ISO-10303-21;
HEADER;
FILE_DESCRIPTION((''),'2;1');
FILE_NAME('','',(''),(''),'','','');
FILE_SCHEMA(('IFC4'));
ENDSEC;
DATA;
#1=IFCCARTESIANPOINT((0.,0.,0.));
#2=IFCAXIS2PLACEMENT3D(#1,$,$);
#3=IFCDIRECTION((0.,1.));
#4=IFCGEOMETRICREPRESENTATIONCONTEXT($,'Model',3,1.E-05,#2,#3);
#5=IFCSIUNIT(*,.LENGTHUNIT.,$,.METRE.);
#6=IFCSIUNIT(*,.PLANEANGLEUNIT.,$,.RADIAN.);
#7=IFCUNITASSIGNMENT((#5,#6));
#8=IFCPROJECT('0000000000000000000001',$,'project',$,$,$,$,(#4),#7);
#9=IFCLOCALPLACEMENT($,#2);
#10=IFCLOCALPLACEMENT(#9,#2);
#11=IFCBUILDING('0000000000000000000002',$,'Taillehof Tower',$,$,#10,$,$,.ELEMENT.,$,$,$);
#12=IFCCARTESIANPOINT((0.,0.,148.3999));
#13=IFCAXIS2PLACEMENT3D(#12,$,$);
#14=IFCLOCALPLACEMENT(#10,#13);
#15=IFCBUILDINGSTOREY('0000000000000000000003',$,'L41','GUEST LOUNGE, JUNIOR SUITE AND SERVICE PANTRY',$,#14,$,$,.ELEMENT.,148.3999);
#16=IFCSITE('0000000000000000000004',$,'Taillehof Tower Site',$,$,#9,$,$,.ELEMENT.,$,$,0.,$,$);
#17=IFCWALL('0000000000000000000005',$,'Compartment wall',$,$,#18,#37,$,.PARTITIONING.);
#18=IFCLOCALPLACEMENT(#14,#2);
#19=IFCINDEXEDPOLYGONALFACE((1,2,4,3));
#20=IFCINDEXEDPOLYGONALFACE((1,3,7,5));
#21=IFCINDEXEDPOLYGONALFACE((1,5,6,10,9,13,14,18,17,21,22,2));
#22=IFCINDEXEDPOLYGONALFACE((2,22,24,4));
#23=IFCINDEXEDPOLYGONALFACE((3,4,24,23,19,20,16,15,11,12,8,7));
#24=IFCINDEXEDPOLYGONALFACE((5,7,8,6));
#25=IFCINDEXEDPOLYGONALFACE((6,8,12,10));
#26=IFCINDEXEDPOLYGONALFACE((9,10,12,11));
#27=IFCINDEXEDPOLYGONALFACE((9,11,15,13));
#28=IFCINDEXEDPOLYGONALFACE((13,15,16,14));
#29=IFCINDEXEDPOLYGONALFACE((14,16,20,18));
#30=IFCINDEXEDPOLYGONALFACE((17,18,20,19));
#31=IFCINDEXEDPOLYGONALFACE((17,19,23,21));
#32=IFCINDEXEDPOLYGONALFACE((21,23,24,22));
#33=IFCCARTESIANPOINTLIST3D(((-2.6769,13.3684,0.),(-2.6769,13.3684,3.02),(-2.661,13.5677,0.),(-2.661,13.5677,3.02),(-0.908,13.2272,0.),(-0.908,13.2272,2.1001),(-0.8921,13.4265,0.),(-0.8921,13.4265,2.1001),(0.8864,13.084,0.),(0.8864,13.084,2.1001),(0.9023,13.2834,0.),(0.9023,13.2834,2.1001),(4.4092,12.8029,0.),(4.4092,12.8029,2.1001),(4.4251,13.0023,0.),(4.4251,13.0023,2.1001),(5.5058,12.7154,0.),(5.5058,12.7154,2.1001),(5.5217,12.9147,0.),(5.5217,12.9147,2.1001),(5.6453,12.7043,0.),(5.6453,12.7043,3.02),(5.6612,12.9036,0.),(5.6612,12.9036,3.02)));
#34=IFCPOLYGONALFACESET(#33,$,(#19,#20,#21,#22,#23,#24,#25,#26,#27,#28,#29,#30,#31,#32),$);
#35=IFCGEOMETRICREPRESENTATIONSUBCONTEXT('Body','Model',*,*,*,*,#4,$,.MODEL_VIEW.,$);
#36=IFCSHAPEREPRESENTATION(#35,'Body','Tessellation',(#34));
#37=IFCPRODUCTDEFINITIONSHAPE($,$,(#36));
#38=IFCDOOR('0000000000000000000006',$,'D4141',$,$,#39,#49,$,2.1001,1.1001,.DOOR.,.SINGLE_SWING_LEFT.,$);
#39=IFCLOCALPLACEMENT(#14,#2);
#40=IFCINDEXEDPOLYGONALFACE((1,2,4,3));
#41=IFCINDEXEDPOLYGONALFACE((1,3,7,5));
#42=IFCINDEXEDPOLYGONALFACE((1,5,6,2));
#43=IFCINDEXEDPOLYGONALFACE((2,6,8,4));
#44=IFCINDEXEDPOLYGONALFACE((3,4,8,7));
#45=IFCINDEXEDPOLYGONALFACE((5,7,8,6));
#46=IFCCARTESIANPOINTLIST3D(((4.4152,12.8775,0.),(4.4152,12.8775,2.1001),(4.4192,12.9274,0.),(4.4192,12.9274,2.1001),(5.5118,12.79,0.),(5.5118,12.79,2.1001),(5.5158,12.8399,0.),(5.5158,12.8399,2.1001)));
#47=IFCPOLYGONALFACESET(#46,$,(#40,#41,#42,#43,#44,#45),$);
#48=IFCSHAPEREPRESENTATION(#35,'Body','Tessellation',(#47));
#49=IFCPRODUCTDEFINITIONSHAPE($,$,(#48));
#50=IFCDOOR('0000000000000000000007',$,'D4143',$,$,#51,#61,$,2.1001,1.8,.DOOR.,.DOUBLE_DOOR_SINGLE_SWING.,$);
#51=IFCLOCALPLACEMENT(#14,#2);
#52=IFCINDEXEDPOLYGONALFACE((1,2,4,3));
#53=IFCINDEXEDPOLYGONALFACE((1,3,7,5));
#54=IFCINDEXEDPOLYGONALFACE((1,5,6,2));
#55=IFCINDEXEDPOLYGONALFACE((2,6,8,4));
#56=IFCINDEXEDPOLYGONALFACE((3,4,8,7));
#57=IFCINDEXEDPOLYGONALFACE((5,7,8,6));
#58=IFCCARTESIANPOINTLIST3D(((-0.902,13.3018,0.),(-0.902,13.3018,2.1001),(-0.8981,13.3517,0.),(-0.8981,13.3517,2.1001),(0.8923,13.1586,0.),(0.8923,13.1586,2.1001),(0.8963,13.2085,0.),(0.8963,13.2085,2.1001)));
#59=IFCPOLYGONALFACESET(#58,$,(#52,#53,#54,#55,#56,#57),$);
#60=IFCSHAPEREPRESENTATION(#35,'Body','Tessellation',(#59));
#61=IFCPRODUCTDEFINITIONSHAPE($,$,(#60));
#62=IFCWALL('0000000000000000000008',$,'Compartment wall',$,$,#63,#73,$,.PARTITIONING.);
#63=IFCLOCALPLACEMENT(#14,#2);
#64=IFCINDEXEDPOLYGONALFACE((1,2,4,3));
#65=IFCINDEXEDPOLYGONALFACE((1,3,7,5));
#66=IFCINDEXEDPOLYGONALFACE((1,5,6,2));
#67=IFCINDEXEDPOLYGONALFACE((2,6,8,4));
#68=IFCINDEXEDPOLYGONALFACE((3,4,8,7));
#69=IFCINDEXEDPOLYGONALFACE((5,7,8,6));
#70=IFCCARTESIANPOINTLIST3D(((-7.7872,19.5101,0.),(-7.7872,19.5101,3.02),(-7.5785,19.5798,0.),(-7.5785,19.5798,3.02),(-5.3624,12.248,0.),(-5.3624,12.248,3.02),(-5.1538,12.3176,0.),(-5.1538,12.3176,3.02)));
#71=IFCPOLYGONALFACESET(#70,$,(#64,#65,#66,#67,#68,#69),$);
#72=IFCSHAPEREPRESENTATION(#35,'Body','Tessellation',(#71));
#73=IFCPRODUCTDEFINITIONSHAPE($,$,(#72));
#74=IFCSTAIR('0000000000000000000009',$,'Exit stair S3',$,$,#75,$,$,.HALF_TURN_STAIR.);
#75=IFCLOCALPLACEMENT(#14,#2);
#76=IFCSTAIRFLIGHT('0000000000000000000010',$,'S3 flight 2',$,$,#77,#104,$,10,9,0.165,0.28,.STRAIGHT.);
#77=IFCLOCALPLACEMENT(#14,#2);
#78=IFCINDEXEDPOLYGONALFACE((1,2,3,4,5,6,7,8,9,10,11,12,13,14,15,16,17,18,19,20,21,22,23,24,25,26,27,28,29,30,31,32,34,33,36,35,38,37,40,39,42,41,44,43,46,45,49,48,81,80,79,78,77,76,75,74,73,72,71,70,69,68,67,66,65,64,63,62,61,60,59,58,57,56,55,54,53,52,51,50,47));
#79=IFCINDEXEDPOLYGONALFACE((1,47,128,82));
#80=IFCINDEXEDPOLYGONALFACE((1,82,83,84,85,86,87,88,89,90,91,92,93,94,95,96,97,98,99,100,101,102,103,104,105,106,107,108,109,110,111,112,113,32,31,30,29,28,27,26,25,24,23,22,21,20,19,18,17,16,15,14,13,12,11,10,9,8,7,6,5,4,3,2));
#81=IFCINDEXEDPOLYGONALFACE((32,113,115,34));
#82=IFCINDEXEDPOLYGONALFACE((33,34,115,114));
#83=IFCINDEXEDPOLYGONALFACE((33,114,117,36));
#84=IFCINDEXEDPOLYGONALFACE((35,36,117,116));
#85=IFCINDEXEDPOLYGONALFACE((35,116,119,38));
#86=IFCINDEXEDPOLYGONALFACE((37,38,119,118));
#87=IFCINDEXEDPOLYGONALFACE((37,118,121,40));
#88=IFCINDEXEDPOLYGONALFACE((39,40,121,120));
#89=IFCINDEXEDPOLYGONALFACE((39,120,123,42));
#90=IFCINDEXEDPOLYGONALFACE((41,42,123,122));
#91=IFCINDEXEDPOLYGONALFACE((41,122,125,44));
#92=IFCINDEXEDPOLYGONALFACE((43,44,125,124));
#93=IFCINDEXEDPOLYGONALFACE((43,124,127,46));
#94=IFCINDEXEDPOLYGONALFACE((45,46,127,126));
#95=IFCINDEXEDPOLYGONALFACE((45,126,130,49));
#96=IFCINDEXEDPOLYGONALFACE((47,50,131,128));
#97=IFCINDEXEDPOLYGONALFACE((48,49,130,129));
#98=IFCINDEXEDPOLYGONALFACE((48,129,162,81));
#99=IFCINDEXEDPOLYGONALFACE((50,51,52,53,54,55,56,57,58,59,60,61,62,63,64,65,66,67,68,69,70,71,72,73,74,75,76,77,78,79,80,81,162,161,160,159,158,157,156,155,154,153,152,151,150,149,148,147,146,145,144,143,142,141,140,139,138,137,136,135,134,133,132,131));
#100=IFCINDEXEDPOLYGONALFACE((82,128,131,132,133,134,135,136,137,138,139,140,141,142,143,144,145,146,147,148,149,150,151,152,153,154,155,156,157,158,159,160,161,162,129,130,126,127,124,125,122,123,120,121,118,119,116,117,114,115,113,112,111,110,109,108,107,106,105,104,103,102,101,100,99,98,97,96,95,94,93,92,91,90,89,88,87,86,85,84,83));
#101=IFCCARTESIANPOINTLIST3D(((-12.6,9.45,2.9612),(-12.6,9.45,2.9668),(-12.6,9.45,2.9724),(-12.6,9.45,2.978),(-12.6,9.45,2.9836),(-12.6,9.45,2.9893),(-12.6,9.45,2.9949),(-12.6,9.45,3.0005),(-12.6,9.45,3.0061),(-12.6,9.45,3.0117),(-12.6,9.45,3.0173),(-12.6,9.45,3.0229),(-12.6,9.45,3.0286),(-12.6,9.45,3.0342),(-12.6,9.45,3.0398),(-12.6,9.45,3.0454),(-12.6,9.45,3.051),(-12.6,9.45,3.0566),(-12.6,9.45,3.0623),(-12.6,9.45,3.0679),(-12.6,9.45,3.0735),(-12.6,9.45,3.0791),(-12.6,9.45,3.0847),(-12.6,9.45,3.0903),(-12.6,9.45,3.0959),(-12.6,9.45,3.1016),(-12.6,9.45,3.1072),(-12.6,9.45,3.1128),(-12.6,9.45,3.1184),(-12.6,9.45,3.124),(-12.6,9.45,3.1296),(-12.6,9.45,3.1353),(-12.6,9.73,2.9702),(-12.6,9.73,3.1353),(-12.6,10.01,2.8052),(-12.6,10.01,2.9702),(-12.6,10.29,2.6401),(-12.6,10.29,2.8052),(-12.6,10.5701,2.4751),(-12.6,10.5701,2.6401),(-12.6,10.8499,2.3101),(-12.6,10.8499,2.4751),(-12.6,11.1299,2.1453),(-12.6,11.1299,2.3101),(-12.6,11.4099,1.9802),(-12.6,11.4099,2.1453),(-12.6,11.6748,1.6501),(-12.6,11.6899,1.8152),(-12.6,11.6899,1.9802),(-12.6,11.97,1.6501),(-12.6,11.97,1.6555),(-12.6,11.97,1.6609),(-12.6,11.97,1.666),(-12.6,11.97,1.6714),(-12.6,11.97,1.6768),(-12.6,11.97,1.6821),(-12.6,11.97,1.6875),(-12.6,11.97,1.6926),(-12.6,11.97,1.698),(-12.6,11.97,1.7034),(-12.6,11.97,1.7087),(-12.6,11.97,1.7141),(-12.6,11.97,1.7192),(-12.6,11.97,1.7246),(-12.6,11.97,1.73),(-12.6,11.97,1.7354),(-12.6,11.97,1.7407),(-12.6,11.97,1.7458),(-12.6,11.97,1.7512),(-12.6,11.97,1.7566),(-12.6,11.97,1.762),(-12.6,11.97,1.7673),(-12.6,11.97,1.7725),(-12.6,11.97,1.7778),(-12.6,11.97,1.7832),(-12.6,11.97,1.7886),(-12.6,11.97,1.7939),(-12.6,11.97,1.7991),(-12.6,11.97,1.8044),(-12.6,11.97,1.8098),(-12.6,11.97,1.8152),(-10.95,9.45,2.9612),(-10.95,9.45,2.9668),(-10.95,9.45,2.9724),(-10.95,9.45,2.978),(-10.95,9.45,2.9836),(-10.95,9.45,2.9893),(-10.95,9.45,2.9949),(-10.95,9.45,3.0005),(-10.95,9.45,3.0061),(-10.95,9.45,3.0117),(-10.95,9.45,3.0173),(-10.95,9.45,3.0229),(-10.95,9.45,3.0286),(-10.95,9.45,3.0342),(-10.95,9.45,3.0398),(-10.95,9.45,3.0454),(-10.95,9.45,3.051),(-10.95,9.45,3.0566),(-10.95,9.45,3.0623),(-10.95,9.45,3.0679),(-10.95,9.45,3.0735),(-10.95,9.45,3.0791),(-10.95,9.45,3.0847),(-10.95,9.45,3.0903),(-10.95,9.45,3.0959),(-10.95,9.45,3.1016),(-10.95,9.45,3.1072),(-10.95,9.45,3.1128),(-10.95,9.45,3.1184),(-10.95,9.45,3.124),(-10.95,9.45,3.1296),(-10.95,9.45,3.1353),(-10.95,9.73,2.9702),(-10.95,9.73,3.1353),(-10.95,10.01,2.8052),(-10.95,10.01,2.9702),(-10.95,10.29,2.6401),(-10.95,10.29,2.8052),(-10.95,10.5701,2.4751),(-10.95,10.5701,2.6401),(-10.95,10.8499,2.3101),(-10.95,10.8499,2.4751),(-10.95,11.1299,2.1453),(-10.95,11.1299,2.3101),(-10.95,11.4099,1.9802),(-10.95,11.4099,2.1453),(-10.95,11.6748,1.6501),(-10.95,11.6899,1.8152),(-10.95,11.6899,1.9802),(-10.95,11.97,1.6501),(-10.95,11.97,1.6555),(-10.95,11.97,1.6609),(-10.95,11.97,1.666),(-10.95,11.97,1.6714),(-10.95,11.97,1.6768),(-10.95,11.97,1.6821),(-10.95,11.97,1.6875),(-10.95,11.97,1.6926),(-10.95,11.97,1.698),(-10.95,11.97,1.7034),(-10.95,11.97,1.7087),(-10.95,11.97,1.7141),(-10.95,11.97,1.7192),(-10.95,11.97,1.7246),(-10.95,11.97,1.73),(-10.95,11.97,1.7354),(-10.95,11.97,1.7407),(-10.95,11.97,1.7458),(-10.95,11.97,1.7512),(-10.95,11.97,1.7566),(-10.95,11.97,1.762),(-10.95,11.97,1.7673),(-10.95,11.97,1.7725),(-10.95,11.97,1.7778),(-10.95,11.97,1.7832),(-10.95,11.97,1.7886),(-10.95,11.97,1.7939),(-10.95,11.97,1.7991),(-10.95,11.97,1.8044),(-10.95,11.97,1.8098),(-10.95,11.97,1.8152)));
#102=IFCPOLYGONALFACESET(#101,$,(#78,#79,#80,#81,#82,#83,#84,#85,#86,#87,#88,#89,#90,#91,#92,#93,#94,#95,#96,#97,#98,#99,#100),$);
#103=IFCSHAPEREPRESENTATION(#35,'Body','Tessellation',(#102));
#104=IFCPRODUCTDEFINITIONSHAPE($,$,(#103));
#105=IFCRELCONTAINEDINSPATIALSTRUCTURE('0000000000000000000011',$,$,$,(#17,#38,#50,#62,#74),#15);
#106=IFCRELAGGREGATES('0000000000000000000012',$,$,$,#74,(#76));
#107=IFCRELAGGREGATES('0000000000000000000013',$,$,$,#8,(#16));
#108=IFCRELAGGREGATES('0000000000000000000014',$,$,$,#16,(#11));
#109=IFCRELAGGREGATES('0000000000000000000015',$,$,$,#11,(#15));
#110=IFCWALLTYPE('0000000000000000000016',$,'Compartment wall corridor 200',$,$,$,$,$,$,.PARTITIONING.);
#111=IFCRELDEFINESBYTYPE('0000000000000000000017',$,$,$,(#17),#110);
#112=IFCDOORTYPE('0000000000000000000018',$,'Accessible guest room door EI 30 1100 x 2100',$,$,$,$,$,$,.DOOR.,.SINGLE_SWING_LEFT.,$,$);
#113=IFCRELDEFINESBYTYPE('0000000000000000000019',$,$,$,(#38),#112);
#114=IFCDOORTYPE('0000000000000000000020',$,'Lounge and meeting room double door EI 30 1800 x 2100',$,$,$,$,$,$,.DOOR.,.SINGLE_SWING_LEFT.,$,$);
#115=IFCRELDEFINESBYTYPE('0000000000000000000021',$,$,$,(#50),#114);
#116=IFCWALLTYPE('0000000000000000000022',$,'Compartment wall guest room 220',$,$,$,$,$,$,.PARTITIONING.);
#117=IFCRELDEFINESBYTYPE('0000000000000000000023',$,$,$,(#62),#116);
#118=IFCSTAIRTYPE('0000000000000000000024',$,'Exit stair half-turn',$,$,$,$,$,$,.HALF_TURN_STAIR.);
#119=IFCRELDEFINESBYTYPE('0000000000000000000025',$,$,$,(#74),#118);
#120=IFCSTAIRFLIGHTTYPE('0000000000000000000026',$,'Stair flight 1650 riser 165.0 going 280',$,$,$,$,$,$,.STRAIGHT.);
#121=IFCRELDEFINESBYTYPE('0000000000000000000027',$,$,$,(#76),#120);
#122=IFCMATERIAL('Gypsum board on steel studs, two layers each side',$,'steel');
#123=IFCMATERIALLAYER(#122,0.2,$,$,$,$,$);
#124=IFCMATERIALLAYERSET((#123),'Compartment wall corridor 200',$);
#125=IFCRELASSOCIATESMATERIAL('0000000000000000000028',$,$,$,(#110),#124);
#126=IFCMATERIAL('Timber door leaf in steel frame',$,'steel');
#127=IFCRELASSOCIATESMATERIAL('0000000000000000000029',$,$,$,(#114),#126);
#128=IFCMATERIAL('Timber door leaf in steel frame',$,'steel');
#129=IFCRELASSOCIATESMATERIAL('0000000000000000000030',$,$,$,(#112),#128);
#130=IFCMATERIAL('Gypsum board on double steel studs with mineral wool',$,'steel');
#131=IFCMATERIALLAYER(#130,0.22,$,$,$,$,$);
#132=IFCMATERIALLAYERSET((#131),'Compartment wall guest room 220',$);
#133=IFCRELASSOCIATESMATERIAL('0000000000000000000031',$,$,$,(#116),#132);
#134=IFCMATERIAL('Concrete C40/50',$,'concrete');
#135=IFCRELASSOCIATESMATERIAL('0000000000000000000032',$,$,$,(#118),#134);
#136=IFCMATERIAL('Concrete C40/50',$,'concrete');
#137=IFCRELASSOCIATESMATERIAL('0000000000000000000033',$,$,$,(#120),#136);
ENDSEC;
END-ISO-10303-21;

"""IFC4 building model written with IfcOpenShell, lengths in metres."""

from ifc_helpers import new_model, si_unit, direction, frame, frame_2d, origin, place, context, subcontext, project, spatial, polyline, rectangle, outline, extrude, material, layer, layer_set, type_object, element, fill, aggregate, save


model = new_model("IFC4")

# Units and contexts
model_context = context("Model", 3, precision=1e-05, world=origin(), true_north=direction((0.0, 1.0)))
body_context = subcontext(model_context, "Body", "Model", "MODEL_VIEW")
ifc_project = project(units=[si_unit("LENGTHUNIT", "METRE"), si_unit("PLANEANGLEUNIT", "RADIAN")], contexts=[model_context])

# Site, building, storey
site_placement = place(None, origin())
site = spatial("IfcSite", under=ifc_project, at=site_placement, Name="Taillehof Tower Site", CompositionType="ELEMENT", RefElevation=0.0)
building_placement = place(site_placement, origin())
building = spatial("IfcBuilding", under=site, at=building_placement, Name="Taillehof Tower", CompositionType="ELEMENT")
storey_placement = place(building_placement, frame((0.0, 0.0, 148.3999)))
storey = spatial("IfcBuildingStorey", under=building, at=storey_placement, Name="L41", Description="GUEST LOUNGE, JUNIOR SUITE AND SERVICE PANTRY", CompositionType="ELEMENT", Elevation=148.3999)

# Shared definitions
ifc_material_1 = material(Name="Gypsum board on steel studs, two layers each side", Category="steel")
ifc_layer_1 = layer(ifc_material_1, 0.2)
ifc_layer_set_1 = layer_set([ifc_layer_1], Name="Compartment wall corridor 200")
wall_type_1 = type_object("IfcWallType", Name="Compartment wall corridor 200", PredefinedType="PARTITIONING", material=ifc_layer_set_1)

# Shared definitions
ifc_material_2 = material(Name="Timber door leaf in steel frame", Category="steel")
door_type_1 = type_object("IfcDoorType", Name="Lounge and meeting room double door EI 30 1800 x 2100", OperationType="SINGLE_SWING_LEFT", PredefinedType="DOOR", material=ifc_material_2)

# Wall, openings, doors
wall_1_placement = place(storey_placement, frame((-2.6689, 13.468, 0.0), z_axis=(0.0, 0.0, 1.0), x_axis=(0.996832, -0.079541, 0.0)))
wall_1 = element("IfcWall", 1, at=wall_1_placement, inside=storey, type_object=wall_type_1, Name="Compartment wall", PredefinedType="PARTITIONING", context=body_context, shape_type="SweptSolid", body=[
    extrude(rectangle(XDim=8.3486, YDim=0.2, at=frame_2d((4.1743, 0.0))), origin(), (0.0, 0.0, 1.0), 3.02),
])
opening_1_placement = place(wall_1_placement, frame((7.1086, 0.0, 0.0)))
opening_1 = element("IfcOpeningElement", 2, at=opening_1_placement, cuts=wall_1, PredefinedType="OPENING", context=body_context, shape_type="SweptSolid", body=[
    extrude(rectangle(XDim=1.1001, YDim=2.1001, at=frame_2d((0.55, 1.05))), frame((0.0, 0.1099, 0.0), z_axis=(0.0, -1.0, 0.0), x_axis=(1.0, 0.0, 0.0)), (0.0, 0.0, 1.0), 0.22),
])
opening_2_placement = place(wall_1_placement, frame((1.7747, 0.0, 0.0)))
opening_2 = element("IfcOpeningElement", 3, at=opening_2_placement, cuts=wall_1, PredefinedType="OPENING", context=body_context, shape_type="SweptSolid", body=[
    extrude(rectangle(XDim=1.8, YDim=2.1001, at=frame_2d((0.8999, 1.05))), frame((0.0, 0.1099, 0.0), z_axis=(0.0, -1.0, 0.0), x_axis=(1.0, 0.0, 0.0)), (0.0, 0.0, 1.0), 0.22),
])
ifc_material_3 = material(Name="Timber door leaf in steel frame", Category="steel")
door_type_2 = type_object("IfcDoorType", Name="Accessible guest room door EI 30 1100 x 2100", OperationType="SINGLE_SWING_LEFT", PredefinedType="DOOR", material=ifc_material_3)
door_1_placement = place(opening_1_placement, origin())
door_1 = element("IfcDoor", 4, at=door_1_placement, inside=storey, type_object=door_type_2, Name="D4141", OperationType="SINGLE_SWING_LEFT", OverallHeight=2.1001, OverallWidth=1.1001, PredefinedType="DOOR", context=body_context, shape_type="SweptSolid", body=[
    extrude(rectangle(XDim=1.1001, YDim=2.1001, at=frame_2d((0.55, 1.05))), frame((0.0, 0.0249, 0.0), z_axis=(0.0, -1.0, 0.0), x_axis=(1.0, 0.0, 0.0)), (0.0, 0.0, 1.0), 0.05),
])
fill(opening_1, door_1)
door_2_placement = place(opening_2_placement, origin())
door_2 = element("IfcDoor", 5, at=door_2_placement, inside=storey, type_object=door_type_1, Name="D4143", OperationType="DOUBLE_DOOR_SINGLE_SWING", OverallHeight=2.1001, OverallWidth=1.8, PredefinedType="DOOR", context=body_context, shape_type="SweptSolid", body=[
    extrude(rectangle(XDim=1.8, YDim=2.1001, at=frame_2d((0.8999, 1.05))), frame((0.0, 0.0249, 0.0), z_axis=(0.0, -1.0, 0.0), x_axis=(1.0, 0.0, 0.0)), (0.0, 0.0, 1.0), 0.05),
])
fill(opening_2, door_2)

# Wall
ifc_material_4 = material(Name="Gypsum board on double steel studs with mineral wool", Category="steel")
ifc_layer_2 = layer(ifc_material_4, 0.22)
ifc_layer_set_2 = layer_set([ifc_layer_2], Name="Compartment wall guest room 220")
wall_type_2 = type_object("IfcWallType", Name="Compartment wall guest room 220", PredefinedType="PARTITIONING", material=ifc_layer_set_2)
wall_2_placement = place(storey_placement, frame((-7.6829, 19.5449, 0.0), z_axis=(0.0, 0.0, 1.0), x_axis=(0.316706, -0.948524, 0.0)))
element("IfcWall", 6, at=wall_2_placement, inside=storey, type_object=wall_type_2, Name="Compartment wall", PredefinedType="PARTITIONING", context=body_context, shape_type="SweptSolid", body=[
    extrude(rectangle(XDim=7.6562, YDim=0.22, at=frame_2d((3.8281, 0.0))), origin(), (0.0, 0.0, 1.0), 3.02),
])

# Stair, stair flight
ifc_material_5 = material(Name="Concrete C40/50", Category="concrete")
stair_type = type_object("IfcStairType", Name="Exit stair half-turn", PredefinedType="HALF_TURN_STAIR", material=ifc_material_5)
stair_placement = place(storey_placement, origin())
stair = element("IfcStair", 7, at=stair_placement, inside=storey, type_object=stair_type, Name="Exit stair S3", PredefinedType="HALF_TURN_STAIR")
ifc_material_6 = material(Name="Concrete C40/50", Category="concrete")
stair_flight_type = type_object("IfcStairFlightType", Name="Stair flight 1650 riser 165.0 going 280", PredefinedType="STRAIGHT", material=ifc_material_6)
stair_flight_placement = place(storey_placement, frame((-11.7749, 11.97, 1.6501), z_axis=(0.0, 0.0, 1.0), x_axis=(0.0, -1.0, 0.0)))
stair_flight = element("IfcStairFlight", 8, at=stair_flight_placement, type_object=stair_flight_type, Name="S3 flight 2", NumberOfRisers=10, NumberOfTreads=9, PredefinedType="STRAIGHT", RiserHeight=0.165, TreadLength=0.28, context=body_context, shape_type="SweptSolid", body=[
    extrude(outline(polyline([(0.0, 0.0), (0.0, 0.0054), (0.0, 0.0107), (0.0, 0.0159), (0.0, 0.0212), (0.0, 0.0266), (0.0, 0.032), (0.0, 0.0374), (0.0, 0.0425), (0.0, 0.0479), (0.0, 0.0532), (0.0, 0.0586), (0.0, 0.064), (0.0, 0.0691), (0.0, 0.0745), (0.0, 0.0798), (0.0, 0.0852), (0.0, 0.0906), (0.0, 0.0957), (0.0, 0.1011), (0.0, 0.1064), (0.0, 0.1118), (0.0, 0.1172), (0.0, 0.1223), (0.0, 0.1277), (0.0, 0.1331), (0.0, 0.1384), (0.0, 0.1438), (0.0, 0.1489), (0.0, 0.1543), (0.0, 0.1597), (0.0, 0.165), (0.28, 0.165), (0.28, 0.3301), (0.5601, 0.3301), (0.5601, 0.4951), (0.8401, 0.4951), (0.8401, 0.6599), (1.1201, 0.6599), (1.1201, 0.825), (1.3999, 0.825), (1.3999, 0.99), (1.6799, 0.99), (1.6799, 1.155), (1.96, 1.155), (1.96, 1.3201), (2.24, 1.3201), (2.24, 1.4851), (2.52, 1.4851), (2.52, 1.4795), (2.52, 1.4739), (2.52, 1.4683), (2.52, 1.4626), (2.52, 1.457), (2.52, 1.4514), (2.52, 1.4458), (2.52, 1.4402), (2.52, 1.4346), (2.52, 1.429), (2.52, 1.4233), (2.52, 1.4177), (2.52, 1.4121), (2.52, 1.4065), (2.52, 1.4009), (2.52, 1.3953), (2.52, 1.3896), (2.52, 1.384), (2.52, 1.3784), (2.52, 1.3728), (2.52, 1.3672), (2.52, 1.3616), (2.52, 1.356), (2.52, 1.3503), (2.52, 1.3447), (2.52, 1.3391), (2.52, 1.3335), (2.52, 1.3279), (2.52, 1.3223), (2.52, 1.3167), (2.52, 1.311), (0.2952, 0.0), (0.0, 0.0)])), frame((0.0, 0.825, 0.0), z_axis=(0.0, -1.0, 0.0), x_axis=(1.0, 0.0, 0.0)), (0.0, 0.0, 1.0), 1.65),
])
aggregate(stair, [stair_flight])

save(model, "model.ifc")
